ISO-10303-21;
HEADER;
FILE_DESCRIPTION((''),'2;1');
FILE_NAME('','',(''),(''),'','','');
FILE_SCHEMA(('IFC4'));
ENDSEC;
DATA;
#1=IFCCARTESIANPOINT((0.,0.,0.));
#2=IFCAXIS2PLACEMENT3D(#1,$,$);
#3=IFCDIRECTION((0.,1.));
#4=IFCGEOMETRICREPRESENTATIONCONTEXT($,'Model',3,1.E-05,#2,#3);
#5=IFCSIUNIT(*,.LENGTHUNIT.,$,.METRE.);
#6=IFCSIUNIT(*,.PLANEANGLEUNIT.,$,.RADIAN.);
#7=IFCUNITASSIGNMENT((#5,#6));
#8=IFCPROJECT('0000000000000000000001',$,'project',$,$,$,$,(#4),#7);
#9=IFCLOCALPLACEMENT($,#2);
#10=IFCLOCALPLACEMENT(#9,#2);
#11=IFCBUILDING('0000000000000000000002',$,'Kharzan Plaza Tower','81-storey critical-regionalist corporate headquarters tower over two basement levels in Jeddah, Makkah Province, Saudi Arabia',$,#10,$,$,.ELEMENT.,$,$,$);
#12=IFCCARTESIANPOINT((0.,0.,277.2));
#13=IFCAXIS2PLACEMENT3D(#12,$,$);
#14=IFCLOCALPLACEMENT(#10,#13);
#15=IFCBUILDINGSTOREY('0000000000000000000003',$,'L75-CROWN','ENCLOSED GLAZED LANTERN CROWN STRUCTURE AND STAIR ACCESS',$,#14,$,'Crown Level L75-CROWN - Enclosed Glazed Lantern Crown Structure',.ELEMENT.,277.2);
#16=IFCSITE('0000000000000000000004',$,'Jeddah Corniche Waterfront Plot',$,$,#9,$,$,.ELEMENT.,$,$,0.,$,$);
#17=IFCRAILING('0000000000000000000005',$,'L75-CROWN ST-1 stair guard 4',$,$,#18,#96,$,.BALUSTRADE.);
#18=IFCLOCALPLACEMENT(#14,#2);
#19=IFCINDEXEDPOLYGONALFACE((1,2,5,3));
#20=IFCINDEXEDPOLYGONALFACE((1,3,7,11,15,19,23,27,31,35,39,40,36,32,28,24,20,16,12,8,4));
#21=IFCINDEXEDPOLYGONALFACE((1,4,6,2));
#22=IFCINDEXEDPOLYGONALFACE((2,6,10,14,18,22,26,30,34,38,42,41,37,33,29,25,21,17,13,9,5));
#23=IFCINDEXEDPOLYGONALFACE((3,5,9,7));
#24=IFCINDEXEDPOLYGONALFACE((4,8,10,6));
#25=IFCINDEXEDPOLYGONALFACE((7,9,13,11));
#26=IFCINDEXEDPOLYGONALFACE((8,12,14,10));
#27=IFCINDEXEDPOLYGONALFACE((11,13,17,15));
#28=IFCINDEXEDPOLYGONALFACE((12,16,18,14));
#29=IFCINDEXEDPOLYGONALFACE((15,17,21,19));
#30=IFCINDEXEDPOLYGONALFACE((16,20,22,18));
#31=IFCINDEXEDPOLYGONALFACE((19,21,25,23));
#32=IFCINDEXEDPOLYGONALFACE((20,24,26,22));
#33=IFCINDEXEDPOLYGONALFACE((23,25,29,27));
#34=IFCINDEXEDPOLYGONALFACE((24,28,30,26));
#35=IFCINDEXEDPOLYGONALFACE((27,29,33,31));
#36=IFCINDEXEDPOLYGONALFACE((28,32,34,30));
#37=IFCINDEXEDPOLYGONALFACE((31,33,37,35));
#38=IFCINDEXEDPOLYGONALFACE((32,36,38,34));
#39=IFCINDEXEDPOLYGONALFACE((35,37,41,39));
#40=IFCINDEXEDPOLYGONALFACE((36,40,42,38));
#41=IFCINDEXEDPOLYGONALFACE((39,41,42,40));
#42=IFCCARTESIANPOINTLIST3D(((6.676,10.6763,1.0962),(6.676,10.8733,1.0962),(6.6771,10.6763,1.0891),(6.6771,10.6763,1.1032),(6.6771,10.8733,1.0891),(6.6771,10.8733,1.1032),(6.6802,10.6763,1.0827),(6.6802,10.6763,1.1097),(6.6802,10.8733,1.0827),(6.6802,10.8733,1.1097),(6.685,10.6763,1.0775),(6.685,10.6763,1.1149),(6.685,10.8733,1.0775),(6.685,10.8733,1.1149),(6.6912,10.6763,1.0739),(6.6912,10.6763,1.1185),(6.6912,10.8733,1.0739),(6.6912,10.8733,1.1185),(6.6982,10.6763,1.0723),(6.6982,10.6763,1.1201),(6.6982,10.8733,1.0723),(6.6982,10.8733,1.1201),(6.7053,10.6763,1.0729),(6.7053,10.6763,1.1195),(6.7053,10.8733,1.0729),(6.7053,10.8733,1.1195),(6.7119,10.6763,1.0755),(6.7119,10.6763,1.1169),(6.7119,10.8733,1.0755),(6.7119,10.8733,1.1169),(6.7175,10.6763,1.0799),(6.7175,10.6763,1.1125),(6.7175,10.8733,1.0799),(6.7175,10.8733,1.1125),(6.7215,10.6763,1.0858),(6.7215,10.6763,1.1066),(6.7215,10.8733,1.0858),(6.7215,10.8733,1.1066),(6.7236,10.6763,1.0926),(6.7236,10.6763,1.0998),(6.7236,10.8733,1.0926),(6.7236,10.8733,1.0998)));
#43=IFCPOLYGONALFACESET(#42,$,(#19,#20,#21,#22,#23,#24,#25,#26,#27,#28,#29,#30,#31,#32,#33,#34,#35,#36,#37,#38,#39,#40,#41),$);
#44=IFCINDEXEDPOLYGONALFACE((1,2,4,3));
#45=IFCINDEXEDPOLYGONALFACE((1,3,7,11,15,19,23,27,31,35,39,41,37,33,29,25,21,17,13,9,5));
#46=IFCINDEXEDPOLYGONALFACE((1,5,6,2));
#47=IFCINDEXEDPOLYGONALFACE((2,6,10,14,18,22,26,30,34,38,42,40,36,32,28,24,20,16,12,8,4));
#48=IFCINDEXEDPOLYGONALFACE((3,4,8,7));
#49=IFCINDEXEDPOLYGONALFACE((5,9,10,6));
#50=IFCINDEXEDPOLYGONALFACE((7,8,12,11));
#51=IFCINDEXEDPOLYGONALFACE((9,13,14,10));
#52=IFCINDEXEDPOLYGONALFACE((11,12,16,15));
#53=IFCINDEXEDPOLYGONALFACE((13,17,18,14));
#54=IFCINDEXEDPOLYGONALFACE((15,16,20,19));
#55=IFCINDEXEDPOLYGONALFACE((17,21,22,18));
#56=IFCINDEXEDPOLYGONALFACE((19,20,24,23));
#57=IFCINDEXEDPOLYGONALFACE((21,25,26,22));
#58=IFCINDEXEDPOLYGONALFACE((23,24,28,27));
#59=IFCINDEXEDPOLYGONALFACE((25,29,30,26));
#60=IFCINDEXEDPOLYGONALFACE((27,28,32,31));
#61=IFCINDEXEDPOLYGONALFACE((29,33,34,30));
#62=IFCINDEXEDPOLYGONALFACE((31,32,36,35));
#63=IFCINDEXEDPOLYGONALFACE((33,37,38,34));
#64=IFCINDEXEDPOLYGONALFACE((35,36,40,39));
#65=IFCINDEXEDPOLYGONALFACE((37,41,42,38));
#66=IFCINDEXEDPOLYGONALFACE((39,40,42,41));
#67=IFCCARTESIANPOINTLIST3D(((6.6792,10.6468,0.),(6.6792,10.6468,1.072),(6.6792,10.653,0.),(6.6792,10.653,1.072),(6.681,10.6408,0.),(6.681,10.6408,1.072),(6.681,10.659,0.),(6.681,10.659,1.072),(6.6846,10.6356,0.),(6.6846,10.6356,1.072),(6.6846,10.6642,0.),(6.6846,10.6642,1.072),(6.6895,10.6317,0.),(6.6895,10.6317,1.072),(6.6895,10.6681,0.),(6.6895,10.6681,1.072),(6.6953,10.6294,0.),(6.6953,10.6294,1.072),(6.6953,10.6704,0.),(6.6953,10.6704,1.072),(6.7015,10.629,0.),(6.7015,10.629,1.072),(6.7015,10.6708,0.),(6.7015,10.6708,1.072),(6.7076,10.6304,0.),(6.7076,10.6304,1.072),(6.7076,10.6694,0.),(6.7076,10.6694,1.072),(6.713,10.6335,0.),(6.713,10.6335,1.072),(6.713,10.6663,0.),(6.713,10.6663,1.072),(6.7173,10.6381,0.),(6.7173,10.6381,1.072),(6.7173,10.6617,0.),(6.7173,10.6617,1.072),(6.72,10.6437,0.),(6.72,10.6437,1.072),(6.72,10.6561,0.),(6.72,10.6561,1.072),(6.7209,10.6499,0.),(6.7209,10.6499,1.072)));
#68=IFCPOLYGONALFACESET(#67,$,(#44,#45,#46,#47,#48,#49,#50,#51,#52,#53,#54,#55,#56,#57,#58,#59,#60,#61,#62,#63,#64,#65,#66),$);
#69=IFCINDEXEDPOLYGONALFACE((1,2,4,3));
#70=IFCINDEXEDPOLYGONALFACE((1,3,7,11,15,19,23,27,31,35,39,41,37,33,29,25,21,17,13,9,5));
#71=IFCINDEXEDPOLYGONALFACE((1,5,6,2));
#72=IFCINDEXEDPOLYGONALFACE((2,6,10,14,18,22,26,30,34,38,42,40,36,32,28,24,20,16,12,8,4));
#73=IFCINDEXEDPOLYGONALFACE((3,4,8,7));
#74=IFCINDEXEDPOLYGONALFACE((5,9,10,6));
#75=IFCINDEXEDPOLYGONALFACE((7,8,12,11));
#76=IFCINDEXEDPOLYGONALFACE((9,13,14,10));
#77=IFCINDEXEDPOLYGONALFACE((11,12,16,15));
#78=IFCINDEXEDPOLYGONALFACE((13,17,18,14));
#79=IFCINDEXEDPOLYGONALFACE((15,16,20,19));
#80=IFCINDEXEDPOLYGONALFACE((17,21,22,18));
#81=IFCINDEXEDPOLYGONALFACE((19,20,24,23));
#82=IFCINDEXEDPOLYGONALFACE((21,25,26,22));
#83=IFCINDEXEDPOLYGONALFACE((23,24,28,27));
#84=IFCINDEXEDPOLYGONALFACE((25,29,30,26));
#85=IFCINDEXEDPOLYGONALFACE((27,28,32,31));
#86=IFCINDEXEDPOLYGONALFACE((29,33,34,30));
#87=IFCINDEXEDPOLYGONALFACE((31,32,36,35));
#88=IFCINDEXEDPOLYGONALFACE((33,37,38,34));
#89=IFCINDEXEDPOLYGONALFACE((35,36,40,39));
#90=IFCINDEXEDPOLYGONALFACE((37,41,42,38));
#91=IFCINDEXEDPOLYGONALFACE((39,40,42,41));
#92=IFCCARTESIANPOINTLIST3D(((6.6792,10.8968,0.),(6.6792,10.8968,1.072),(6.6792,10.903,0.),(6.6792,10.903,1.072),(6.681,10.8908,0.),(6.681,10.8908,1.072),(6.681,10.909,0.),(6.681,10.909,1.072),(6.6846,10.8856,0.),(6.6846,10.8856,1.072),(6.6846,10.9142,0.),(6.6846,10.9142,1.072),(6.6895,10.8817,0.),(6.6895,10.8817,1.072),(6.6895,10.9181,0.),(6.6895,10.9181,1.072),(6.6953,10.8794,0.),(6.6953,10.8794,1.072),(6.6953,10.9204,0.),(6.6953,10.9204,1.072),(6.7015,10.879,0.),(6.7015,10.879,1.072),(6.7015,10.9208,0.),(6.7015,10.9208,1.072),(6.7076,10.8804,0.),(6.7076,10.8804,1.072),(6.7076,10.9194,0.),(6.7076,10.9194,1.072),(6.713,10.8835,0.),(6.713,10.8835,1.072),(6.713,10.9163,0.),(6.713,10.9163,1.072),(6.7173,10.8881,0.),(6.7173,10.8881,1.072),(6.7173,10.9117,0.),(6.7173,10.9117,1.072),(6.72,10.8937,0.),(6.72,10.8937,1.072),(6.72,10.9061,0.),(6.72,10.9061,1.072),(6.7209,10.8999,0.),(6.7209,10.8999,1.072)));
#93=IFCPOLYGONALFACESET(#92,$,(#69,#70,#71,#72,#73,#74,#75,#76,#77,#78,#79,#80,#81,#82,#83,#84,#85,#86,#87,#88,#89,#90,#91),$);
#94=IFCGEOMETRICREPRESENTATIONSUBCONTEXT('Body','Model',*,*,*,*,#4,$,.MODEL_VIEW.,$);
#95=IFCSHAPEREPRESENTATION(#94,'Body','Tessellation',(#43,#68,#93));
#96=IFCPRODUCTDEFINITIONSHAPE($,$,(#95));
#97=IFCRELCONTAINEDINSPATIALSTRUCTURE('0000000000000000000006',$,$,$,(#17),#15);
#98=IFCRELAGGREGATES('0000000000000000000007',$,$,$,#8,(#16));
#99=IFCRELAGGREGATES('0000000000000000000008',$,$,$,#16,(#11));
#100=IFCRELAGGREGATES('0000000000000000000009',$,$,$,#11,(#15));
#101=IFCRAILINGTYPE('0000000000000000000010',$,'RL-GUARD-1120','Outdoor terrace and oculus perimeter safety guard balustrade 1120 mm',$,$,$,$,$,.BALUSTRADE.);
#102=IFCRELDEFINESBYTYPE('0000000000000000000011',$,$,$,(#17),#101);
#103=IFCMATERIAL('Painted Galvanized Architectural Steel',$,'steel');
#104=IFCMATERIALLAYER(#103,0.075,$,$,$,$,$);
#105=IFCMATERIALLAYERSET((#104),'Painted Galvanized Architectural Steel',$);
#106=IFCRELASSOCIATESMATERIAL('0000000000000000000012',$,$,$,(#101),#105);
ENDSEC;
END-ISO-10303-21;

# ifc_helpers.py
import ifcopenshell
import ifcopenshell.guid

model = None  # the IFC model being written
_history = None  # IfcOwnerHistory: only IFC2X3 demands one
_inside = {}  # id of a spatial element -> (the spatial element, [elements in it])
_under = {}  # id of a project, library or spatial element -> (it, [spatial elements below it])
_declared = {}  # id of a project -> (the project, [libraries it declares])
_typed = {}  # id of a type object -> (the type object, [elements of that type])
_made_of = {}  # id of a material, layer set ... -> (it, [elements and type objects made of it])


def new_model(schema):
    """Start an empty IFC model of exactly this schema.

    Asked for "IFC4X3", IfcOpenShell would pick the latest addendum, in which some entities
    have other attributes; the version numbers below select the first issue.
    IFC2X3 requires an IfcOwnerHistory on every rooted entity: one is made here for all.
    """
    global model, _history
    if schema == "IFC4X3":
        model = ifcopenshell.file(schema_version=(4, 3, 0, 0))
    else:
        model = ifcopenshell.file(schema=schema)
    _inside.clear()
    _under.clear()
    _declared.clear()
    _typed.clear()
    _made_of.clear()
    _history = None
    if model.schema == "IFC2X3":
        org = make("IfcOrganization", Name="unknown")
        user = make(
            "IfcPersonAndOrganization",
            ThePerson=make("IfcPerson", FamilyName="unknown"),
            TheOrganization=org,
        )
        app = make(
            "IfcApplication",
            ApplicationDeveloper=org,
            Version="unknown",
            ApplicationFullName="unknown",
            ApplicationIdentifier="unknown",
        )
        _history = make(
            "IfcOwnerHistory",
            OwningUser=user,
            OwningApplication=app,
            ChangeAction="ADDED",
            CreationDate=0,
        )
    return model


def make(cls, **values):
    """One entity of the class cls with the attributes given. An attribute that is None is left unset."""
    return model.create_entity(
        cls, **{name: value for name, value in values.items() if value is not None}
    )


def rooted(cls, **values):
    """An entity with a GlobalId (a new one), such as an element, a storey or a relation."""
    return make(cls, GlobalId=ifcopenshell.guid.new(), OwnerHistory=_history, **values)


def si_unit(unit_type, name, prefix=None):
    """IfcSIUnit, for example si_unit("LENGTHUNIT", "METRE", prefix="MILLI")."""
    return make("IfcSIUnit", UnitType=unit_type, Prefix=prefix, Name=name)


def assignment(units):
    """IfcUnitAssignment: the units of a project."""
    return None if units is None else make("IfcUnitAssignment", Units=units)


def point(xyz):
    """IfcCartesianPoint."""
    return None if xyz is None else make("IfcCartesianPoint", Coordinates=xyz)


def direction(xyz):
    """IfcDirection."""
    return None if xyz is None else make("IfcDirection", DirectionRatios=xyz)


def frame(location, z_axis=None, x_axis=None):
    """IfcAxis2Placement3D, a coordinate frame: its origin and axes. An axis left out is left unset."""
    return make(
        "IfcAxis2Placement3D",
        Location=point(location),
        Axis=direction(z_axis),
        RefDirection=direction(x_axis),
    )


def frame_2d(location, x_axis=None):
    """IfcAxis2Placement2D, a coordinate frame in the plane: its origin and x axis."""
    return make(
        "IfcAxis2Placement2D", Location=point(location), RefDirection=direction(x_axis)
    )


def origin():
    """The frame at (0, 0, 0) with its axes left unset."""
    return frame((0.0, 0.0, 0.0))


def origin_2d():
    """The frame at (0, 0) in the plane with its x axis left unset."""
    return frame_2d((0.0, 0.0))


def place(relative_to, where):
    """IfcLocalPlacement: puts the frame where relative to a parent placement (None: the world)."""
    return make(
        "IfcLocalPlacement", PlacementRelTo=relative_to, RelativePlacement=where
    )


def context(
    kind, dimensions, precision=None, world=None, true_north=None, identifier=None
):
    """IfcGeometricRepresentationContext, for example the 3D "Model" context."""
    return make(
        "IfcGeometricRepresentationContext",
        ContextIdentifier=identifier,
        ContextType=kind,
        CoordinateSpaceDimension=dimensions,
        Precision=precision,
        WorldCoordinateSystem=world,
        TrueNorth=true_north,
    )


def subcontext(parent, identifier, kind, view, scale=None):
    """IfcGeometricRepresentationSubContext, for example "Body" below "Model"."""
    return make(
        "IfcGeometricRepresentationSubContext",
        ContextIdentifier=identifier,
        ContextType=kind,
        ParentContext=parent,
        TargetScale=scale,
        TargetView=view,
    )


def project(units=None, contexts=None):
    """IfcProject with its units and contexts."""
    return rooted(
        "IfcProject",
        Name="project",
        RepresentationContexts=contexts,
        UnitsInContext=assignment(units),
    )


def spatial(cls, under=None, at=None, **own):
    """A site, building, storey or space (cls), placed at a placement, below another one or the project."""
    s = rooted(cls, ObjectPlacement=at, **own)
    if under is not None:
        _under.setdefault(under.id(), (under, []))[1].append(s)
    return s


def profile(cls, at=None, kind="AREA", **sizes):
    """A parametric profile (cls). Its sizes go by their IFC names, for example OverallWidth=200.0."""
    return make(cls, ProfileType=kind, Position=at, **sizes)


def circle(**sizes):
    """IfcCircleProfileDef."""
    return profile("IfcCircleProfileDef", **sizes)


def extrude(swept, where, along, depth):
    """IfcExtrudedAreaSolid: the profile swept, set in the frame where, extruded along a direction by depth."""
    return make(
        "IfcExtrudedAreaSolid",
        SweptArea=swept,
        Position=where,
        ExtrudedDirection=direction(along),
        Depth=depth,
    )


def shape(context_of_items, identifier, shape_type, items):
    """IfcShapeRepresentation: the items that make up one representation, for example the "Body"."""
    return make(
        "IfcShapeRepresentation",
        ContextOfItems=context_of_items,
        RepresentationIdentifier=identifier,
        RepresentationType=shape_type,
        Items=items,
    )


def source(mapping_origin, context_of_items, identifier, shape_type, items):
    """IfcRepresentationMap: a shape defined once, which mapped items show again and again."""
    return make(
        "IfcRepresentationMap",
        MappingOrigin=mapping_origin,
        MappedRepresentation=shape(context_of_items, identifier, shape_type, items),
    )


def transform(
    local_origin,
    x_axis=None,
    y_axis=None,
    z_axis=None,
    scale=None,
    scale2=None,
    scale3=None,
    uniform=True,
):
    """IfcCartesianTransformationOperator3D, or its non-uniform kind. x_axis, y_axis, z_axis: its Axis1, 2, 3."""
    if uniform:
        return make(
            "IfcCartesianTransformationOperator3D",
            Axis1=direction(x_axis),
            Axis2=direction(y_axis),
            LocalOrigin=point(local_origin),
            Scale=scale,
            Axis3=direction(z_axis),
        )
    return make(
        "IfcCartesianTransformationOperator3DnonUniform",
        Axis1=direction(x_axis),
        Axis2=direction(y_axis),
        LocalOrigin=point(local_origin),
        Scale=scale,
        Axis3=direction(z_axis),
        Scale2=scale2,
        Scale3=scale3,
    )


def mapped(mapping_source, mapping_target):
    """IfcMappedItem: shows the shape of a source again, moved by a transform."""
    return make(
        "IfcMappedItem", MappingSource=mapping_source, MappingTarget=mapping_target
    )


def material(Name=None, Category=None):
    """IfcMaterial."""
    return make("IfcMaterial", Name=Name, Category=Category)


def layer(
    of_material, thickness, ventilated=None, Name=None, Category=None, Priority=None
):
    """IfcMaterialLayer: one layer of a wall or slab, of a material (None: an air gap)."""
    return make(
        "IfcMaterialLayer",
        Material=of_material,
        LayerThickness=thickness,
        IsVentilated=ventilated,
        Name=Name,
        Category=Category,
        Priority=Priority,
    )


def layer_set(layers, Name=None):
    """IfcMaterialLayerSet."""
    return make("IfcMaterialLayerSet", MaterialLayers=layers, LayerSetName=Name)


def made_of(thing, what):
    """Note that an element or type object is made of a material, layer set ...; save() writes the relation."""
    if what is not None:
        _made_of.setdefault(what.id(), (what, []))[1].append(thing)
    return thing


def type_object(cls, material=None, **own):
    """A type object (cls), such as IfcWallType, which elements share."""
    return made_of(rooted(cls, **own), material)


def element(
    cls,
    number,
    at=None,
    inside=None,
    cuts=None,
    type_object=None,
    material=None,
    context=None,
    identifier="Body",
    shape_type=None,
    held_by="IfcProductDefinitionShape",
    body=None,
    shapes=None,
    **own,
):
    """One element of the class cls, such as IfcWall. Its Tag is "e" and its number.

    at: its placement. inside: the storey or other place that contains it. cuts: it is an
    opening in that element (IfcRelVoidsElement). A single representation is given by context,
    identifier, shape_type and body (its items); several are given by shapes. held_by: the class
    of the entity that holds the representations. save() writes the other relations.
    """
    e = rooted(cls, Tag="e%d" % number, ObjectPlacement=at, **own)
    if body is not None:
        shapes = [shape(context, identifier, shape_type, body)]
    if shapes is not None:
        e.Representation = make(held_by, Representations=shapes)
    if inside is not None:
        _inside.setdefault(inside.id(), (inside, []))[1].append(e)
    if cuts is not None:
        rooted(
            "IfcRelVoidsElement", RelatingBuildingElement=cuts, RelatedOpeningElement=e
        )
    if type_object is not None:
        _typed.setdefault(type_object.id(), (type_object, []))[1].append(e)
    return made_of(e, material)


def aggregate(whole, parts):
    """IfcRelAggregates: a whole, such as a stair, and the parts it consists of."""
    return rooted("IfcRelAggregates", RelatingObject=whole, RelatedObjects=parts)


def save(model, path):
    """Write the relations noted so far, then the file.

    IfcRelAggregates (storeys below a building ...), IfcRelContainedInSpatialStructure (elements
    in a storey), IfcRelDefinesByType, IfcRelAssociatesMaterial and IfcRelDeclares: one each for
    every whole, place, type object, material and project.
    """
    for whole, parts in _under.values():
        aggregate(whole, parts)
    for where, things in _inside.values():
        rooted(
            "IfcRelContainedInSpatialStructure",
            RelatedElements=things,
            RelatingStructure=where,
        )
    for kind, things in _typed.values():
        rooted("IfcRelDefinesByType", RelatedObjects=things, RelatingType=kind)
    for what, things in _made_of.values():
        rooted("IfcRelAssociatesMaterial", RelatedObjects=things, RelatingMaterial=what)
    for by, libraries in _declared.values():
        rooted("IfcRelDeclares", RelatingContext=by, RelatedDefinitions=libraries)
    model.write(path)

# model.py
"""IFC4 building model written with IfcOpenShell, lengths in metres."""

from ifc_helpers import new_model, si_unit, direction, frame, origin, origin_2d, place, context, subcontext, project, spatial, circle, extrude, source, transform, mapped, material, layer, layer_set, type_object, element, save


model = new_model("IFC4")

# Units and contexts
model_context = context("Model", 3, precision=1e-05, world=origin(), true_north=direction((0.0, 1.0)))
body_context = subcontext(model_context, "Body", "Model", "MODEL_VIEW")
ifc_project = project(units=[si_unit("LENGTHUNIT", "METRE"), si_unit("PLANEANGLEUNIT", "RADIAN")], contexts=[model_context])

# Site, building, storey
site_placement = place(None, origin())
site = spatial("IfcSite", under=ifc_project, at=site_placement, Name="Jeddah Corniche Waterfront Plot", CompositionType="ELEMENT", RefElevation=0.0)
building_placement = place(site_placement, origin())
building = spatial("IfcBuilding", under=site, at=building_placement, Name="Kharzan Plaza Tower", Description="81-storey critical-regionalist corporate headquarters tower over two basement levels in Jeddah, Makkah Province, Saudi Arabia", CompositionType="ELEMENT")
storey_placement = place(building_placement, frame((0.0, 0.0, 277.2)))
storey = spatial("IfcBuildingStorey", under=building, at=storey_placement, Name="L75-CROWN", Description="ENCLOSED GLAZED LANTERN CROWN STRUCTURE AND STAIR ACCESS", LongName="Crown Level L75-CROWN - Enclosed Glazed Lantern Crown Structure", CompositionType="ELEMENT", Elevation=277.2)

# Railing
ifc_material_1 = material(Name="Painted Galvanized Architectural Steel", Category="steel")
ifc_layer_1 = layer(ifc_material_1, 0.075)
ifc_layer_set_1 = layer_set([ifc_layer_1], Name="Painted Galvanized Architectural Steel")
railing_type_1 = type_object("IfcRailingType", Name="RL-GUARD-1120", Description="Outdoor terrace and oculus perimeter safety guard balustrade 1120 mm", PredefinedType="BALUSTRADE", material=ifc_layer_set_1)
shared_shape_1 = source(origin(), body_context, "Body", "SweptSolid", [
    extrude(circle(Radius=0.0239, at=origin_2d()), frame((0.0, 0.0264, 1.0962), z_axis=(0.0, 1.0, 0.0), x_axis=(-1.0, 0.0, 0.0)), (0.0, 0.0, 1.0), 0.197),
    extrude(circle(Radius=0.021, at=origin_2d()), origin(), (0.0, 0.0, 1.0), 1.072),
    extrude(circle(Radius=0.021, at=origin_2d()), frame((0.0, 0.25, 0.0)), (0.0, 0.0, 1.0), 1.072),
])
railing_1_placement = place(storey_placement, frame((6.7, 10.6499, 0.0)))
element("IfcRailing", 1, at=railing_1_placement, inside=storey, type_object=railing_type_1, Name="L75-CROWN ST-1 stair guard 4", PredefinedType="BALUSTRADE", context=body_context, shape_type="MappedRepresentation", body=[
    mapped(shared_shape_1, transform((0.0, 0.0, 0.0), x_axis=(1.0, 0.0, 0.0), y_axis=(0.0, 1.0, 0.0), z_axis=(0.0, 0.0, 1.0))),
])

save(model, "model.ifc")
